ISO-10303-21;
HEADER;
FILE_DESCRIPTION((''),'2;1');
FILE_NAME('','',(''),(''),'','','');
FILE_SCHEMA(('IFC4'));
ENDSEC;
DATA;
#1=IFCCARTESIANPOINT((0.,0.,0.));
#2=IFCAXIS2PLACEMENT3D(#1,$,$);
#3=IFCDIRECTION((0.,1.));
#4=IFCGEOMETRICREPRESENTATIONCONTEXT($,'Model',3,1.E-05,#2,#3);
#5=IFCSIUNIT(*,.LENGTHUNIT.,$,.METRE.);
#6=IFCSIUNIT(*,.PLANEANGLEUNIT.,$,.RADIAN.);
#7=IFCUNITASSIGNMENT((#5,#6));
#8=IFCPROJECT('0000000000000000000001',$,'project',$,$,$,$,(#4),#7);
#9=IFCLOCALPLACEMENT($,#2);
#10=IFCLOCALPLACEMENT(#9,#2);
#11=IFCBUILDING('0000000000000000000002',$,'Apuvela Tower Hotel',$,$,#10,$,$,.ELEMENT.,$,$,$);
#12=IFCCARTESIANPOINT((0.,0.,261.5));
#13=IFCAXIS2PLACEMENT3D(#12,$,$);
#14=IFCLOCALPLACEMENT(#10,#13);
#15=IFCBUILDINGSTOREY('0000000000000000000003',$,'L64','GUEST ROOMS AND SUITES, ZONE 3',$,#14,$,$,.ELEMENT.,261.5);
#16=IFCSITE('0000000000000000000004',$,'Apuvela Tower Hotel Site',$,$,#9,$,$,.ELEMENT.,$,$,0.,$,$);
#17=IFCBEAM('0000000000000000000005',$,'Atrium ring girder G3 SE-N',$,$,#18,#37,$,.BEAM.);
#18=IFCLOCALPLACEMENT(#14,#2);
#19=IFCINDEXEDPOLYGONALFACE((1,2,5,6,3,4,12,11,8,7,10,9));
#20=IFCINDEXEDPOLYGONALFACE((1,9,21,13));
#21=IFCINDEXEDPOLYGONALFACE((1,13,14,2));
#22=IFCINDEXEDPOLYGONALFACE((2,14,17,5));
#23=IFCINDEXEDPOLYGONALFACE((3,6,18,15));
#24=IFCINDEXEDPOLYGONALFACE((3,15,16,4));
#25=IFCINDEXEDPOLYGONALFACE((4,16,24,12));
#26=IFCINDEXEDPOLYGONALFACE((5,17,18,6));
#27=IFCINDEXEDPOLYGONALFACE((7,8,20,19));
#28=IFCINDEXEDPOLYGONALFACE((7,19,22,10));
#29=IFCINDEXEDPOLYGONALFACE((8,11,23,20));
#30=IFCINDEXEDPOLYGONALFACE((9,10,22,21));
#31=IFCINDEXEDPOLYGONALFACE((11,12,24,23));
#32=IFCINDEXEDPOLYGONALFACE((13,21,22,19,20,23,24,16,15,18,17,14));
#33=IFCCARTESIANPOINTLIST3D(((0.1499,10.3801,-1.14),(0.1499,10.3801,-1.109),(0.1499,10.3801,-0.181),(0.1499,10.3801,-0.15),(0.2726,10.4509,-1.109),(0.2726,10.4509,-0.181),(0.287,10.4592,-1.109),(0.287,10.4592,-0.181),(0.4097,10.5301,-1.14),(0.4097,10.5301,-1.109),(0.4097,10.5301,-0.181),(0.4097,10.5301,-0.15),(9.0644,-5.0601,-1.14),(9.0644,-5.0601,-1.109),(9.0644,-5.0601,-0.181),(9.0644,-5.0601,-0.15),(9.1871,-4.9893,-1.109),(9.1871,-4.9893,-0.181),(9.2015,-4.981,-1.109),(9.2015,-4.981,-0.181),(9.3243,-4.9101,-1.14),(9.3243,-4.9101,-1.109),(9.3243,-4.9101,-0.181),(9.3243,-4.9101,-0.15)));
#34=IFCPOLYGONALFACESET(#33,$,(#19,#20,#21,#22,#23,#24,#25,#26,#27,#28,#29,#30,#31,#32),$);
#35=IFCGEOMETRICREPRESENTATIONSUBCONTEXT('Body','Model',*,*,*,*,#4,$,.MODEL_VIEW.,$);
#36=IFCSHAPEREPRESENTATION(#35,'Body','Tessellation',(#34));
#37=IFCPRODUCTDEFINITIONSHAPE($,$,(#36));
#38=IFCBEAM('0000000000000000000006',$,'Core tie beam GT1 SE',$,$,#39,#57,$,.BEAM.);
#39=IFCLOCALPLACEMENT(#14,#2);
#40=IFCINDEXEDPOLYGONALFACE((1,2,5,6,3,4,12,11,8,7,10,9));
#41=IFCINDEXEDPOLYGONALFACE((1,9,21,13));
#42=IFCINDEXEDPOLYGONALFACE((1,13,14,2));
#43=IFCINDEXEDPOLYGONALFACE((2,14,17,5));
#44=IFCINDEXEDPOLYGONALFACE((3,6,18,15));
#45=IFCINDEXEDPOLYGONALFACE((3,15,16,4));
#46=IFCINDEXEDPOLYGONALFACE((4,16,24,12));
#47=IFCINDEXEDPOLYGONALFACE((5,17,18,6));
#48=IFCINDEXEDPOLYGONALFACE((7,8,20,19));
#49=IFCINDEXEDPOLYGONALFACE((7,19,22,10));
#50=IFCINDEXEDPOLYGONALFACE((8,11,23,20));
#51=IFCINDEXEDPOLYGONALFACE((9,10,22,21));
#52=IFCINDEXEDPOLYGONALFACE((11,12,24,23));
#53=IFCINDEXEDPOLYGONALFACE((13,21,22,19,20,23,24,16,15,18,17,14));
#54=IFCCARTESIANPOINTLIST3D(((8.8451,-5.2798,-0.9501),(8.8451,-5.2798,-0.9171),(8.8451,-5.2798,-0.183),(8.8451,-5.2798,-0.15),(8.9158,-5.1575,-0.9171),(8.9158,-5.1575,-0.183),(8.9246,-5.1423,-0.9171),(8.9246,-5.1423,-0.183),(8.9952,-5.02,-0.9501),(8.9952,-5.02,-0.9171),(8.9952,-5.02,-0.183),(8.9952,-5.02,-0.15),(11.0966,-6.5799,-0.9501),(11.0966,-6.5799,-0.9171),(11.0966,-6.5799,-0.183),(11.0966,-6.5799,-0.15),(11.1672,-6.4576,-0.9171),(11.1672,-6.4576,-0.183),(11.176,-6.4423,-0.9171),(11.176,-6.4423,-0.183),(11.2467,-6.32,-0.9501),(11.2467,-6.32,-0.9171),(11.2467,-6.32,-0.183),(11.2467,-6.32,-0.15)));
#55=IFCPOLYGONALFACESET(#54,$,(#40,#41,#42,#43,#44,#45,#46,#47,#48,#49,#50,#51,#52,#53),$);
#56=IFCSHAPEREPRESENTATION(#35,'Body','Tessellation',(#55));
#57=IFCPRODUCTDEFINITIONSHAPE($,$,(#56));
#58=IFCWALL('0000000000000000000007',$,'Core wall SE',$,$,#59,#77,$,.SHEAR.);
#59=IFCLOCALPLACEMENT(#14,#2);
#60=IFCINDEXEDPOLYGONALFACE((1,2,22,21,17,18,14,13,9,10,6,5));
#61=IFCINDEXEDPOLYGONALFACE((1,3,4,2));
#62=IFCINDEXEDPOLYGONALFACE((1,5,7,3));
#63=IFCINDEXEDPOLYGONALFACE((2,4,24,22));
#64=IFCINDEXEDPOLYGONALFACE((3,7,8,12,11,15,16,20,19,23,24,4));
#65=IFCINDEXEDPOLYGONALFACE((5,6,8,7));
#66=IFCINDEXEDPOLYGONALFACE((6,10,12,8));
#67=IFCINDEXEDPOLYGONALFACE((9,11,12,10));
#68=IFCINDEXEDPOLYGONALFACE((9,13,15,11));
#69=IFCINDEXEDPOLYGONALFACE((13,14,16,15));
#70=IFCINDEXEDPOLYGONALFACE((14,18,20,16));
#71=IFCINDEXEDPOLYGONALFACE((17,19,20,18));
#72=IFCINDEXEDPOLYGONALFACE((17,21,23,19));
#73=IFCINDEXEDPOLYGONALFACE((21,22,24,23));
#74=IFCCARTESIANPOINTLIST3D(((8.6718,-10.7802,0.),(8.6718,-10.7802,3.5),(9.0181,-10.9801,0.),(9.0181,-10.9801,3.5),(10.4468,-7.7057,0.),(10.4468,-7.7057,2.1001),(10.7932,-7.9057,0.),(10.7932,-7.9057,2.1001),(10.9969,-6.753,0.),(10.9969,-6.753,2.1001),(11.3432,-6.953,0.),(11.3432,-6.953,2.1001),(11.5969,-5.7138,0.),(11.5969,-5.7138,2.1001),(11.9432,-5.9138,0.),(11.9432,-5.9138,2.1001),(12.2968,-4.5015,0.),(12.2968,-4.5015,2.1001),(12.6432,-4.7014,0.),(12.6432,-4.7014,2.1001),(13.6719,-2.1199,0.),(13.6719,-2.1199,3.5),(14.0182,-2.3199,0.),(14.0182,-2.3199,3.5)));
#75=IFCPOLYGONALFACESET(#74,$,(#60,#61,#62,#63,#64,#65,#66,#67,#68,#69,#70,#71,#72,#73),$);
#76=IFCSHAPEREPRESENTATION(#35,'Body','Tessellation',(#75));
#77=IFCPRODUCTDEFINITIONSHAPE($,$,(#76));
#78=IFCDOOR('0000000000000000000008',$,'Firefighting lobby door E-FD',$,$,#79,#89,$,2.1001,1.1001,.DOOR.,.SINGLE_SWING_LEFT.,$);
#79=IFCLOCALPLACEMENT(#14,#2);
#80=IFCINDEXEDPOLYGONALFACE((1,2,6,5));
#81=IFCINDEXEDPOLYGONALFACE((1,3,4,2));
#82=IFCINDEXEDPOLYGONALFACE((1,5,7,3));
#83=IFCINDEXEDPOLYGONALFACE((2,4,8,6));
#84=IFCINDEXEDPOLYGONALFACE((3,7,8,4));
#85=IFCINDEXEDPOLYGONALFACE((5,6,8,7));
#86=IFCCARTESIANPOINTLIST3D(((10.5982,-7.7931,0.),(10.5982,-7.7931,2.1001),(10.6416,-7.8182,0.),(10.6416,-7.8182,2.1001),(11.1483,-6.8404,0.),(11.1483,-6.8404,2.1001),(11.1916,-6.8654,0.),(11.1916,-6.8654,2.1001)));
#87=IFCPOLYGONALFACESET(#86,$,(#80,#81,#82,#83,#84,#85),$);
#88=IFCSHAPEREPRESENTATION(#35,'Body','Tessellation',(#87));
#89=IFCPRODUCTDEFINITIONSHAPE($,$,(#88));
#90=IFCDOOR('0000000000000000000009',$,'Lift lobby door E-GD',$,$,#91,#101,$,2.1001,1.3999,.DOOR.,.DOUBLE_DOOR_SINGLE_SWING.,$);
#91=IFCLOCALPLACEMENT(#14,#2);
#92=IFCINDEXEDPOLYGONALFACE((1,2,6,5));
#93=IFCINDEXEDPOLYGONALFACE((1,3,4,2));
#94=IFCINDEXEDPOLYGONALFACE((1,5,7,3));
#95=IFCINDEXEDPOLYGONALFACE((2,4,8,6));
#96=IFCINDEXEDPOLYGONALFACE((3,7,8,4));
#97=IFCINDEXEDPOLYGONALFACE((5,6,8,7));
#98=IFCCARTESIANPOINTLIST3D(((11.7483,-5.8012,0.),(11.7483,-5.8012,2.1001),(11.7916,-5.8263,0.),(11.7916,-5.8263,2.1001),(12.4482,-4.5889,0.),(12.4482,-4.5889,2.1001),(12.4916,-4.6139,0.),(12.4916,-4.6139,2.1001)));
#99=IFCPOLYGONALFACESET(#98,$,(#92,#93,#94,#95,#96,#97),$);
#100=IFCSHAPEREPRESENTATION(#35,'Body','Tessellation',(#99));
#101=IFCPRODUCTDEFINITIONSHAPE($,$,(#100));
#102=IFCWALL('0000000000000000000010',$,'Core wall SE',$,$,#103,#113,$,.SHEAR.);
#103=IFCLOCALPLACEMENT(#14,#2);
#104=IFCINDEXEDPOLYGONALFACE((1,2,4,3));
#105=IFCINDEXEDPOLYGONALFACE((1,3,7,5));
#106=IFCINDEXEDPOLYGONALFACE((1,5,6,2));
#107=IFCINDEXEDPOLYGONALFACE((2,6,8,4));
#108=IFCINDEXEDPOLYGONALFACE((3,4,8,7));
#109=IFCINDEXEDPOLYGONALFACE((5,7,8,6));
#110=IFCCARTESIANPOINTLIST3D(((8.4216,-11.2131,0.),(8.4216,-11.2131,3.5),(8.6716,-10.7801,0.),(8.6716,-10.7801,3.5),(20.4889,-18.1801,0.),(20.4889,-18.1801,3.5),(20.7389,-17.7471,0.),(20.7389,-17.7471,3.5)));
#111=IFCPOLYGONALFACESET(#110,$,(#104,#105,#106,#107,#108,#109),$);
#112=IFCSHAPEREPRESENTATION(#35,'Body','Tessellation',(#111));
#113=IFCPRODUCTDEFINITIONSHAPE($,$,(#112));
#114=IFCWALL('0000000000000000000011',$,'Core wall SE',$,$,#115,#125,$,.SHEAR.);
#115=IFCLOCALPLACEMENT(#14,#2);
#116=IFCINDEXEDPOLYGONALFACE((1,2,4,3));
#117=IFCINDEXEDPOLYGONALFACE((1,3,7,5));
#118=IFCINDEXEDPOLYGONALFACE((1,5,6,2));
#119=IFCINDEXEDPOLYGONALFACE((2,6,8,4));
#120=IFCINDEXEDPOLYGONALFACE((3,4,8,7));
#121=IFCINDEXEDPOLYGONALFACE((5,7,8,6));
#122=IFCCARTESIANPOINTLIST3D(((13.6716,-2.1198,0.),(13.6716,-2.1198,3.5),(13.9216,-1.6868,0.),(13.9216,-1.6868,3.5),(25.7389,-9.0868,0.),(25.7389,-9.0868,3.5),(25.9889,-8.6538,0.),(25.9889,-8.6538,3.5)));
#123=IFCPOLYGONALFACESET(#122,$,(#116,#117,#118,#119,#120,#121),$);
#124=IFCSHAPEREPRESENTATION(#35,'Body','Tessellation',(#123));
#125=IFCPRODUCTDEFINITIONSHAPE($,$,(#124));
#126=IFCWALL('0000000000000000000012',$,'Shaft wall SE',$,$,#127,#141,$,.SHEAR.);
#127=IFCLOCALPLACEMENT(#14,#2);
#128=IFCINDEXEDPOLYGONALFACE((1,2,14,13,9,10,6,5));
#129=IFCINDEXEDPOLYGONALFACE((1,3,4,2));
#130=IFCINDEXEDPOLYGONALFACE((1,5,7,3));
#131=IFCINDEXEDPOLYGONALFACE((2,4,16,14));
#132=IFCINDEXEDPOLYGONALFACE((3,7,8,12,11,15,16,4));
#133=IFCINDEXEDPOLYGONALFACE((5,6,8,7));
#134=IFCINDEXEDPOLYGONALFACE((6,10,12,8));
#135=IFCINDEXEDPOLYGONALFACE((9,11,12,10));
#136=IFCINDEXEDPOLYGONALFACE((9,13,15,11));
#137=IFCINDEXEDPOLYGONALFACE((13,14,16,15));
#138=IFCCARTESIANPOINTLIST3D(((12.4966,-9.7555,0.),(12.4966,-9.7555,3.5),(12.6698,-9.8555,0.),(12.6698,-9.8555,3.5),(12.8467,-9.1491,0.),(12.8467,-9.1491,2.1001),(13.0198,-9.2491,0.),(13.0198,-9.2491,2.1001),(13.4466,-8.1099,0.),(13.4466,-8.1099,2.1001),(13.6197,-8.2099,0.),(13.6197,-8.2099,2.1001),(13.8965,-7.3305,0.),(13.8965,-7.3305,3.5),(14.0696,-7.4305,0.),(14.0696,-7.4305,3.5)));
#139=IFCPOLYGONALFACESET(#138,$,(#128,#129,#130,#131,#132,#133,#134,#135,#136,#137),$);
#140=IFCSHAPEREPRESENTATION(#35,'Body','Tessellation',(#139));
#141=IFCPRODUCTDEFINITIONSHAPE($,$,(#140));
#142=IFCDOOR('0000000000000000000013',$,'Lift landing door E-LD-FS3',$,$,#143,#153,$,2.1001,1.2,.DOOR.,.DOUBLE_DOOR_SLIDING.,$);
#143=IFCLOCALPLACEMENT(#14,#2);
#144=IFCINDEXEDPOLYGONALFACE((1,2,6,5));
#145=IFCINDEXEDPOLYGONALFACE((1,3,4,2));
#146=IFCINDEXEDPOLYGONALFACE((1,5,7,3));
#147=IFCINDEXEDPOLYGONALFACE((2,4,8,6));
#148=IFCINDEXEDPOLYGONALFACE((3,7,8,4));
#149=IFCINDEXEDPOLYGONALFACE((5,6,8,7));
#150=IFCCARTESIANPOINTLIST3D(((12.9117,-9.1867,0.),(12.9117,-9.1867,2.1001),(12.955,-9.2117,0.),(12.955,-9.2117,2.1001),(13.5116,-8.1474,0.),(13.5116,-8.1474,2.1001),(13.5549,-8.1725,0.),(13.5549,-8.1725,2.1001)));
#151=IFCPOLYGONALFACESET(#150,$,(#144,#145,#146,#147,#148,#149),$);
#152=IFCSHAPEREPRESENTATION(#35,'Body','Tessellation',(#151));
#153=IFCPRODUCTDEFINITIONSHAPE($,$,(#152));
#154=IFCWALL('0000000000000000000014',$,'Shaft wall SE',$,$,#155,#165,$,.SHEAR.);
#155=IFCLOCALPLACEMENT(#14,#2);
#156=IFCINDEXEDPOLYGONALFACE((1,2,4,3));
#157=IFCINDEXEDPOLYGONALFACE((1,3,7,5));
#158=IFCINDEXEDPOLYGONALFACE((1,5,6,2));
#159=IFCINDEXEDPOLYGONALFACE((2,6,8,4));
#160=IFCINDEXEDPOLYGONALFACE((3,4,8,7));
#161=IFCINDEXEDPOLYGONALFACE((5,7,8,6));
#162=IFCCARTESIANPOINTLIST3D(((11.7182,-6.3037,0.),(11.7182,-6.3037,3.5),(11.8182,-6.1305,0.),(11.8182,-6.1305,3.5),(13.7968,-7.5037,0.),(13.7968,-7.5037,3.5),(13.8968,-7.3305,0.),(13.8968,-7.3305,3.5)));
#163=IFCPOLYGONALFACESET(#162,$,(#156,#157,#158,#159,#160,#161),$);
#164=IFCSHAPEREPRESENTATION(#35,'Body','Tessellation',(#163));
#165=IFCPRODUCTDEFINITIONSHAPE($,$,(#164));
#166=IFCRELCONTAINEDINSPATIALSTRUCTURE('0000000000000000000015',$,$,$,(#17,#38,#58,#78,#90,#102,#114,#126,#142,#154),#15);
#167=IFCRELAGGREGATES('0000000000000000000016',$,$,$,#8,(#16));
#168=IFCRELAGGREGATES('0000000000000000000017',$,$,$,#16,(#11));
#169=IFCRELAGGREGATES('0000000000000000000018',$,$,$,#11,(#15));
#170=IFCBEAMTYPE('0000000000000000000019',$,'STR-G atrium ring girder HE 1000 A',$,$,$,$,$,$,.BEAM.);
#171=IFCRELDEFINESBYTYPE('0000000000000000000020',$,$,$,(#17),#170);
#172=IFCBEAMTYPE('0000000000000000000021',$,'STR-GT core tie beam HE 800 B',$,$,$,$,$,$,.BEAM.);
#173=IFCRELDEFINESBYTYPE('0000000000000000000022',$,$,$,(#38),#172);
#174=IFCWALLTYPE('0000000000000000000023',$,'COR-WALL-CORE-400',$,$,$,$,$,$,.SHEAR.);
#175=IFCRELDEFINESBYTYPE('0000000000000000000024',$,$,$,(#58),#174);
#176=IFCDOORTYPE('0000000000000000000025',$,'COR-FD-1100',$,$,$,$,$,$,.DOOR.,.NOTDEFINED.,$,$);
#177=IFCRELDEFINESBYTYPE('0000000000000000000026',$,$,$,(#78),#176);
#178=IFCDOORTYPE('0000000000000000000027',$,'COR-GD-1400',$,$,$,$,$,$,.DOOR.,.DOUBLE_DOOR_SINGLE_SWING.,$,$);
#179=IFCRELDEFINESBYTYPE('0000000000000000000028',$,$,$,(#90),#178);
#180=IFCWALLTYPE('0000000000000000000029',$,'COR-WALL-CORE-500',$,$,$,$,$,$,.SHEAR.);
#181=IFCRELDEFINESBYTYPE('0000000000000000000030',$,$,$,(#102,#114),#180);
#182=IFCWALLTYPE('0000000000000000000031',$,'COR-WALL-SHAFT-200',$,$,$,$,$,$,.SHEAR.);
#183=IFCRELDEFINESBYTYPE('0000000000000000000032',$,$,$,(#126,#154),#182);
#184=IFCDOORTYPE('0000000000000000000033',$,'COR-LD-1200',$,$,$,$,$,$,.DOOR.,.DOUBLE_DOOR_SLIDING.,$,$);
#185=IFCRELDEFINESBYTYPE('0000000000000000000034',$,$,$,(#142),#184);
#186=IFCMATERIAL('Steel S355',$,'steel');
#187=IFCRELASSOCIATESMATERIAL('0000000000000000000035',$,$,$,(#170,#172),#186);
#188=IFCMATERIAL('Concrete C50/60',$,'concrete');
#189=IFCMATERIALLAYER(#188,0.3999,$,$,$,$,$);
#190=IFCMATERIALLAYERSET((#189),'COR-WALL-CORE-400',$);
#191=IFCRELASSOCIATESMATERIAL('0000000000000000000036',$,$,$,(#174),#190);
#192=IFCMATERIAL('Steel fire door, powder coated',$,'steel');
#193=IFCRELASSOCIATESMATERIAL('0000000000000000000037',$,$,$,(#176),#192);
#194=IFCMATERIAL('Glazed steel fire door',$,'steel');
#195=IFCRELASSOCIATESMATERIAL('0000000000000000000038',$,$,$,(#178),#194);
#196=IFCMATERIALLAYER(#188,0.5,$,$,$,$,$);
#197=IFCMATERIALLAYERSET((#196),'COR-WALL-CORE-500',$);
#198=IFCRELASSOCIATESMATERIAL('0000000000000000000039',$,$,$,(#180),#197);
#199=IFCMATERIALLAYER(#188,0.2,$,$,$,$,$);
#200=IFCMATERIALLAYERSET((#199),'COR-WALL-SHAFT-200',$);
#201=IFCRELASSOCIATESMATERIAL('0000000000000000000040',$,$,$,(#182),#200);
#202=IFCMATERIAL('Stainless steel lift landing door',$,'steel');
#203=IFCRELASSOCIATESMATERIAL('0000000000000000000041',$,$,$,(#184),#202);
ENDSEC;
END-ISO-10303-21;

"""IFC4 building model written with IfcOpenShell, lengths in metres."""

from ifc_helpers import new_model, si_unit, direction, frame, frame_2d, origin, origin_2d, place, context, subcontext, project, spatial, rectangle, i_section, extrude, material, layer, layer_set, material_profile, profile_set, type_object, element, fill, save


model = new_model("IFC4")

# Units and contexts
model_context = context("Model", 3, precision=1e-05, world=origin(), true_north=direction((0.0, 1.0)))
body_context = subcontext(model_context, "Body", "Model", "MODEL_VIEW")
ifc_project = project(units=[si_unit("LENGTHUNIT", "METRE"), si_unit("PLANEANGLEUNIT", "RADIAN")], contexts=[model_context])

# Site, building, storey
site_placement = place(None, origin())
site = spatial("IfcSite", under=ifc_project, at=site_placement, Name="Apuvela Tower Hotel Site", CompositionType="ELEMENT", RefElevation=0.0)
building_placement = place(site_placement, origin())
building = spatial("IfcBuilding", under=site, at=building_placement, Name="Apuvela Tower Hotel", CompositionType="ELEMENT")
storey_placement = place(building_placement, frame((0.0, 0.0, 261.5)))
storey = spatial("IfcBuildingStorey", under=building, at=storey_placement, Name="L64", Description="GUEST ROOMS AND SUITES, ZONE 3", CompositionType="ELEMENT", Elevation=261.5)

# Beams
ifc_material_1 = material(Name="Steel S355", Category="steel")
ifc_material_profile_1 = material_profile(ifc_material_1, i_section(OverallWidth=0.3, OverallDepth=0.99, WebThickness=0.0166, FlangeThickness=0.031, at=origin_2d()), Name="HE 1000 A")
ifc_profile_set_1 = profile_set([ifc_material_profile_1], Name="Steel S355")
beam_type_1 = type_object("IfcBeamType", Name="STR-G atrium ring girder HE 1000 A", PredefinedType="BEAM", material=ifc_profile_set_1)
beam_1_placement = place(storey_placement, frame((9.1943, -4.9851, -0.645), z_axis=(-0.500007, 0.866022, 0.0), x_axis=(-0.866022, -0.500007, 0.0)))
element("IfcBeam", 1, at=beam_1_placement, inside=storey, type_object=beam_type_1, Name="Atrium ring girder G3 SE-N", PredefinedType="BEAM", context=body_context, shape_type="SweptSolid", body=[
    extrude(i_section(OverallWidth=0.3, OverallDepth=0.99, WebThickness=0.0166, FlangeThickness=0.031, at=origin_2d()), origin(), (0.0, 0.0, 1.0), 17.8289),
])
ifc_material_profile_2 = material_profile(ifc_material_1, i_section(OverallWidth=0.3, OverallDepth=0.8, WebThickness=0.0176, FlangeThickness=0.033, at=origin_2d()), Name="HE 800 B")
ifc_profile_set_2 = profile_set([ifc_material_profile_2], Name="Steel S355")
beam_type_2 = type_object("IfcBeamType", Name="STR-GT core tie beam HE 800 B", PredefinedType="BEAM", material=ifc_profile_set_2)
beam_2_placement = place(storey_placement, frame((11.1716, -6.45, -0.55), z_axis=(-0.865998, 0.500048, 0.0), x_axis=(-0.500048, -0.865998, 0.0)))
element("IfcBeam", 2, at=beam_2_placement, inside=storey, type_object=beam_type_2, Name="Core tie beam GT1 SE", PredefinedType="BEAM", context=body_context, shape_type="SweptSolid", body=[
    extrude(i_section(OverallWidth=0.3, OverallDepth=0.8, WebThickness=0.0176, FlangeThickness=0.033, at=origin_2d()), origin(), (0.0, 0.0, 1.0), 2.5999),
])

# Wall, openings, doors
ifc_material_2 = material(Name="Concrete C50/60", Category="concrete")
ifc_layer_1 = layer(ifc_material_2, 0.3999)
ifc_layer_set_1 = layer_set([ifc_layer_1], Name="COR-WALL-CORE-400")
wall_type_1 = type_object("IfcWallType", Name="COR-WALL-CORE-400", PredefinedType="SHEAR", material=ifc_layer_set_1)
wall_1_placement = place(storey_placement, frame((8.845, -10.8801, 0.0), z_axis=(0.0, 0.0, 1.0), x_axis=(0.500004, 0.866023, 0.0)))
wall_1 = element("IfcWall", 3, at=wall_1_placement, inside=storey, type_object=wall_type_1, Name="Core wall SE", PredefinedType="SHEAR", context=body_context, shape_type="SweptSolid", body=[
    extrude(rectangle(XDim=10.0, YDim=0.3999, at=frame_2d((5.0, 0.0))), origin(), (0.0, 0.0, 1.0), 3.5),
])
opening_1_placement = place(wall_1_placement, frame((3.55, 0.0, 0.0)))
opening_1 = element("IfcOpeningElement", 4, at=opening_1_placement, cuts=wall_1, PredefinedType="OPENING", context=body_context, shape_type="SweptSolid", body=[
    extrude(rectangle(XDim=1.1001, YDim=2.1001, at=frame_2d((0.55, 1.05))), frame((0.0, 0.21, 0.0), z_axis=(0.0, -1.0, 0.0), x_axis=(1.0, 0.0, 0.0)), (0.0, 0.0, 1.0), 0.4199),
])
opening_2_placement = place(wall_1_placement, frame((5.8501, 0.0, 0.0)))
opening_2 = element("IfcOpeningElement", 5, at=opening_2_placement, cuts=wall_1, PredefinedType="OPENING", context=body_context, shape_type="SweptSolid", body=[
    extrude(rectangle(XDim=1.3999, YDim=2.1001, at=frame_2d((0.7, 1.05))), frame((0.0, 0.21, 0.0), z_axis=(0.0, -1.0, 0.0), x_axis=(1.0, 0.0, 0.0)), (0.0, 0.0, 1.0), 0.4199),
])
ifc_material_3 = material(Name="Steel fire door, powder coated", Category="steel")
door_type_1 = type_object("IfcDoorType", Name="COR-FD-1100", OperationType="NOTDEFINED", PredefinedType="DOOR", material=ifc_material_3)
door_1_placement = place(opening_1_placement, frame((1.1001, 0.0, 0.0), z_axis=(0.0, 0.0, 1.0), x_axis=(-1.0, 0.0, 0.0)))
door_1 = element("IfcDoor", 6, at=door_1_placement, inside=storey, type_object=door_type_1, Name="Firefighting lobby door E-FD", OperationType="SINGLE_SWING_LEFT", OverallHeight=2.1001, OverallWidth=1.1001, PredefinedType="DOOR", context=body_context, shape_type="SweptSolid", body=[
    extrude(rectangle(XDim=1.1001, YDim=2.1001, at=frame_2d((0.55, 1.05))), frame((0.0, 0.0249, 0.0), z_axis=(0.0, -1.0, 0.0), x_axis=(1.0, 0.0, 0.0)), (0.0, 0.0, 1.0), 0.05),
])
fill(opening_1, door_1)
ifc_material_4 = material(Name="Glazed steel fire door", Category="steel")
door_type_2 = type_object("IfcDoorType", Name="COR-GD-1400", OperationType="DOUBLE_DOOR_SINGLE_SWING", PredefinedType="DOOR", material=ifc_material_4)
door_2_placement = place(opening_2_placement, frame((1.3999, 0.0, 0.0), z_axis=(0.0, 0.0, 1.0), x_axis=(-1.0, 0.0, 0.0)))
door_2 = element("IfcDoor", 7, at=door_2_placement, inside=storey, type_object=door_type_2, Name="Lift lobby door E-GD", OperationType="DOUBLE_DOOR_SINGLE_SWING", OverallHeight=2.1001, OverallWidth=1.3999, PredefinedType="DOOR", context=body_context, shape_type="SweptSolid", body=[
    extrude(rectangle(XDim=1.3999, YDim=2.1001, at=frame_2d((0.7, 1.05))), frame((0.0, 0.0249, 0.0), z_axis=(0.0, -1.0, 0.0), x_axis=(1.0, 0.0, 0.0)), (0.0, 0.0, 1.0), 0.05),
])
fill(opening_2, door_2)

# Walls
ifc_layer_2 = layer(ifc_material_2, 0.5)
ifc_layer_set_2 = layer_set([ifc_layer_2], Name="COR-WALL-CORE-500")
wall_type_2 = type_object("IfcWallType", Name="COR-WALL-CORE-500", PredefinedType="SHEAR", material=ifc_layer_set_2)
for number, where, z_axis, x_axis, name in (
    (8, (8.5466, -10.9966, 0.0), (0.0, 0.0, 1.0), (0.866027, -0.499996, 0.0), "Core wall SE"),
    (9, (13.7966, -1.9033, 0.0), (0.0, 0.0, 1.0), (0.866027, -0.499996, 0.0), "Core wall SE"),
):
    element("IfcWall", number, at=place(storey_placement, frame(where, z_axis=z_axis, x_axis=x_axis)), inside=storey, type_object=wall_type_2, Name=name, PredefinedType="SHEAR", context=body_context, shape_type="SweptSolid", body=[
        extrude(rectangle(XDim=13.9341, YDim=0.5, at=frame_2d((6.967, 0.0))), origin(), (0.0, 0.0, 1.0), 3.5),
    ])

# Wall, opening, door
ifc_layer_3 = layer(ifc_material_2, 0.2)
ifc_layer_set_3 = layer_set([ifc_layer_3], Name="COR-WALL-SHAFT-200")
wall_type_3 = type_object("IfcWallType", Name="COR-WALL-SHAFT-200", PredefinedType="SHEAR", material=ifc_layer_set_3)
wall_2_placement = place(storey_placement, frame((12.5833, -9.8054, 0.0), z_axis=(0.0, 0.0, 1.0), x_axis=(0.499946, 0.866056, 0.0)))
wall_2 = element("IfcWall", 10, at=wall_2_placement, inside=storey, type_object=wall_type_3, Name="Shaft wall SE", PredefinedType="SHEAR", context=body_context, shape_type="SweptSolid", body=[
    extrude(rectangle(XDim=2.8, YDim=0.2, at=frame_2d((1.3999, 0.0))), origin(), (0.0, 0.0, 1.0), 3.5),
])
opening_3_placement = place(wall_2_placement, frame((0.7, 0.0, 0.0)))
opening_3 = element("IfcOpeningElement", 11, at=opening_3_placement, cuts=wall_2, PredefinedType="OPENING", context=body_context, shape_type="SweptSolid", body=[
    extrude(rectangle(XDim=1.2, YDim=2.1001, at=frame_2d((0.6001, 1.05))), frame((0.0, 0.1099, 0.0), z_axis=(0.0, -1.0, 0.0), x_axis=(1.0, 0.0, 0.0)), (0.0, 0.0, 1.0), 0.22),
])
ifc_material_5 = material(Name="Stainless steel lift landing door", Category="steel")
door_type_3 = type_object("IfcDoorType", Name="COR-LD-1200", OperationType="DOUBLE_DOOR_SLIDING", PredefinedType="DOOR", material=ifc_material_5)
door_3_placement = place(opening_3_placement, origin())
door_3 = element("IfcDoor", 12, at=door_3_placement, inside=storey, type_object=door_type_3, Name="Lift landing door E-LD-FS3", OperationType="DOUBLE_DOOR_SLIDING", OverallHeight=2.1001, OverallWidth=1.2, PredefinedType="DOOR", context=body_context, shape_type="SweptSolid", body=[
    extrude(rectangle(XDim=1.2, YDim=2.1001, at=frame_2d((0.6001, 1.05))), frame((0.0, 0.0249, 0.0), z_axis=(0.0, -1.0, 0.0), x_axis=(1.0, 0.0, 0.0)), (0.0, 0.0, 1.0), 0.05),
])
fill(opening_3, door_3)

# Wall
wall_3_placement = place(storey_placement, frame((11.7681, -6.217, 0.0), z_axis=(0.0, 0.0, 1.0), x_axis=(0.86605, -0.499957, 0.0)))
element("IfcWall", 13, at=wall_3_placement, inside=storey, type_object=wall_type_3, Name="Shaft wall SE", PredefinedType="SHEAR", context=body_context, shape_type="SweptSolid", body=[
    extrude(rectangle(XDim=2.4001, YDim=0.2, at=frame_2d((1.2002, 0.0))), origin(), (0.0, 0.0, 1.0), 3.5),
])

save(model, "model.ifc")
